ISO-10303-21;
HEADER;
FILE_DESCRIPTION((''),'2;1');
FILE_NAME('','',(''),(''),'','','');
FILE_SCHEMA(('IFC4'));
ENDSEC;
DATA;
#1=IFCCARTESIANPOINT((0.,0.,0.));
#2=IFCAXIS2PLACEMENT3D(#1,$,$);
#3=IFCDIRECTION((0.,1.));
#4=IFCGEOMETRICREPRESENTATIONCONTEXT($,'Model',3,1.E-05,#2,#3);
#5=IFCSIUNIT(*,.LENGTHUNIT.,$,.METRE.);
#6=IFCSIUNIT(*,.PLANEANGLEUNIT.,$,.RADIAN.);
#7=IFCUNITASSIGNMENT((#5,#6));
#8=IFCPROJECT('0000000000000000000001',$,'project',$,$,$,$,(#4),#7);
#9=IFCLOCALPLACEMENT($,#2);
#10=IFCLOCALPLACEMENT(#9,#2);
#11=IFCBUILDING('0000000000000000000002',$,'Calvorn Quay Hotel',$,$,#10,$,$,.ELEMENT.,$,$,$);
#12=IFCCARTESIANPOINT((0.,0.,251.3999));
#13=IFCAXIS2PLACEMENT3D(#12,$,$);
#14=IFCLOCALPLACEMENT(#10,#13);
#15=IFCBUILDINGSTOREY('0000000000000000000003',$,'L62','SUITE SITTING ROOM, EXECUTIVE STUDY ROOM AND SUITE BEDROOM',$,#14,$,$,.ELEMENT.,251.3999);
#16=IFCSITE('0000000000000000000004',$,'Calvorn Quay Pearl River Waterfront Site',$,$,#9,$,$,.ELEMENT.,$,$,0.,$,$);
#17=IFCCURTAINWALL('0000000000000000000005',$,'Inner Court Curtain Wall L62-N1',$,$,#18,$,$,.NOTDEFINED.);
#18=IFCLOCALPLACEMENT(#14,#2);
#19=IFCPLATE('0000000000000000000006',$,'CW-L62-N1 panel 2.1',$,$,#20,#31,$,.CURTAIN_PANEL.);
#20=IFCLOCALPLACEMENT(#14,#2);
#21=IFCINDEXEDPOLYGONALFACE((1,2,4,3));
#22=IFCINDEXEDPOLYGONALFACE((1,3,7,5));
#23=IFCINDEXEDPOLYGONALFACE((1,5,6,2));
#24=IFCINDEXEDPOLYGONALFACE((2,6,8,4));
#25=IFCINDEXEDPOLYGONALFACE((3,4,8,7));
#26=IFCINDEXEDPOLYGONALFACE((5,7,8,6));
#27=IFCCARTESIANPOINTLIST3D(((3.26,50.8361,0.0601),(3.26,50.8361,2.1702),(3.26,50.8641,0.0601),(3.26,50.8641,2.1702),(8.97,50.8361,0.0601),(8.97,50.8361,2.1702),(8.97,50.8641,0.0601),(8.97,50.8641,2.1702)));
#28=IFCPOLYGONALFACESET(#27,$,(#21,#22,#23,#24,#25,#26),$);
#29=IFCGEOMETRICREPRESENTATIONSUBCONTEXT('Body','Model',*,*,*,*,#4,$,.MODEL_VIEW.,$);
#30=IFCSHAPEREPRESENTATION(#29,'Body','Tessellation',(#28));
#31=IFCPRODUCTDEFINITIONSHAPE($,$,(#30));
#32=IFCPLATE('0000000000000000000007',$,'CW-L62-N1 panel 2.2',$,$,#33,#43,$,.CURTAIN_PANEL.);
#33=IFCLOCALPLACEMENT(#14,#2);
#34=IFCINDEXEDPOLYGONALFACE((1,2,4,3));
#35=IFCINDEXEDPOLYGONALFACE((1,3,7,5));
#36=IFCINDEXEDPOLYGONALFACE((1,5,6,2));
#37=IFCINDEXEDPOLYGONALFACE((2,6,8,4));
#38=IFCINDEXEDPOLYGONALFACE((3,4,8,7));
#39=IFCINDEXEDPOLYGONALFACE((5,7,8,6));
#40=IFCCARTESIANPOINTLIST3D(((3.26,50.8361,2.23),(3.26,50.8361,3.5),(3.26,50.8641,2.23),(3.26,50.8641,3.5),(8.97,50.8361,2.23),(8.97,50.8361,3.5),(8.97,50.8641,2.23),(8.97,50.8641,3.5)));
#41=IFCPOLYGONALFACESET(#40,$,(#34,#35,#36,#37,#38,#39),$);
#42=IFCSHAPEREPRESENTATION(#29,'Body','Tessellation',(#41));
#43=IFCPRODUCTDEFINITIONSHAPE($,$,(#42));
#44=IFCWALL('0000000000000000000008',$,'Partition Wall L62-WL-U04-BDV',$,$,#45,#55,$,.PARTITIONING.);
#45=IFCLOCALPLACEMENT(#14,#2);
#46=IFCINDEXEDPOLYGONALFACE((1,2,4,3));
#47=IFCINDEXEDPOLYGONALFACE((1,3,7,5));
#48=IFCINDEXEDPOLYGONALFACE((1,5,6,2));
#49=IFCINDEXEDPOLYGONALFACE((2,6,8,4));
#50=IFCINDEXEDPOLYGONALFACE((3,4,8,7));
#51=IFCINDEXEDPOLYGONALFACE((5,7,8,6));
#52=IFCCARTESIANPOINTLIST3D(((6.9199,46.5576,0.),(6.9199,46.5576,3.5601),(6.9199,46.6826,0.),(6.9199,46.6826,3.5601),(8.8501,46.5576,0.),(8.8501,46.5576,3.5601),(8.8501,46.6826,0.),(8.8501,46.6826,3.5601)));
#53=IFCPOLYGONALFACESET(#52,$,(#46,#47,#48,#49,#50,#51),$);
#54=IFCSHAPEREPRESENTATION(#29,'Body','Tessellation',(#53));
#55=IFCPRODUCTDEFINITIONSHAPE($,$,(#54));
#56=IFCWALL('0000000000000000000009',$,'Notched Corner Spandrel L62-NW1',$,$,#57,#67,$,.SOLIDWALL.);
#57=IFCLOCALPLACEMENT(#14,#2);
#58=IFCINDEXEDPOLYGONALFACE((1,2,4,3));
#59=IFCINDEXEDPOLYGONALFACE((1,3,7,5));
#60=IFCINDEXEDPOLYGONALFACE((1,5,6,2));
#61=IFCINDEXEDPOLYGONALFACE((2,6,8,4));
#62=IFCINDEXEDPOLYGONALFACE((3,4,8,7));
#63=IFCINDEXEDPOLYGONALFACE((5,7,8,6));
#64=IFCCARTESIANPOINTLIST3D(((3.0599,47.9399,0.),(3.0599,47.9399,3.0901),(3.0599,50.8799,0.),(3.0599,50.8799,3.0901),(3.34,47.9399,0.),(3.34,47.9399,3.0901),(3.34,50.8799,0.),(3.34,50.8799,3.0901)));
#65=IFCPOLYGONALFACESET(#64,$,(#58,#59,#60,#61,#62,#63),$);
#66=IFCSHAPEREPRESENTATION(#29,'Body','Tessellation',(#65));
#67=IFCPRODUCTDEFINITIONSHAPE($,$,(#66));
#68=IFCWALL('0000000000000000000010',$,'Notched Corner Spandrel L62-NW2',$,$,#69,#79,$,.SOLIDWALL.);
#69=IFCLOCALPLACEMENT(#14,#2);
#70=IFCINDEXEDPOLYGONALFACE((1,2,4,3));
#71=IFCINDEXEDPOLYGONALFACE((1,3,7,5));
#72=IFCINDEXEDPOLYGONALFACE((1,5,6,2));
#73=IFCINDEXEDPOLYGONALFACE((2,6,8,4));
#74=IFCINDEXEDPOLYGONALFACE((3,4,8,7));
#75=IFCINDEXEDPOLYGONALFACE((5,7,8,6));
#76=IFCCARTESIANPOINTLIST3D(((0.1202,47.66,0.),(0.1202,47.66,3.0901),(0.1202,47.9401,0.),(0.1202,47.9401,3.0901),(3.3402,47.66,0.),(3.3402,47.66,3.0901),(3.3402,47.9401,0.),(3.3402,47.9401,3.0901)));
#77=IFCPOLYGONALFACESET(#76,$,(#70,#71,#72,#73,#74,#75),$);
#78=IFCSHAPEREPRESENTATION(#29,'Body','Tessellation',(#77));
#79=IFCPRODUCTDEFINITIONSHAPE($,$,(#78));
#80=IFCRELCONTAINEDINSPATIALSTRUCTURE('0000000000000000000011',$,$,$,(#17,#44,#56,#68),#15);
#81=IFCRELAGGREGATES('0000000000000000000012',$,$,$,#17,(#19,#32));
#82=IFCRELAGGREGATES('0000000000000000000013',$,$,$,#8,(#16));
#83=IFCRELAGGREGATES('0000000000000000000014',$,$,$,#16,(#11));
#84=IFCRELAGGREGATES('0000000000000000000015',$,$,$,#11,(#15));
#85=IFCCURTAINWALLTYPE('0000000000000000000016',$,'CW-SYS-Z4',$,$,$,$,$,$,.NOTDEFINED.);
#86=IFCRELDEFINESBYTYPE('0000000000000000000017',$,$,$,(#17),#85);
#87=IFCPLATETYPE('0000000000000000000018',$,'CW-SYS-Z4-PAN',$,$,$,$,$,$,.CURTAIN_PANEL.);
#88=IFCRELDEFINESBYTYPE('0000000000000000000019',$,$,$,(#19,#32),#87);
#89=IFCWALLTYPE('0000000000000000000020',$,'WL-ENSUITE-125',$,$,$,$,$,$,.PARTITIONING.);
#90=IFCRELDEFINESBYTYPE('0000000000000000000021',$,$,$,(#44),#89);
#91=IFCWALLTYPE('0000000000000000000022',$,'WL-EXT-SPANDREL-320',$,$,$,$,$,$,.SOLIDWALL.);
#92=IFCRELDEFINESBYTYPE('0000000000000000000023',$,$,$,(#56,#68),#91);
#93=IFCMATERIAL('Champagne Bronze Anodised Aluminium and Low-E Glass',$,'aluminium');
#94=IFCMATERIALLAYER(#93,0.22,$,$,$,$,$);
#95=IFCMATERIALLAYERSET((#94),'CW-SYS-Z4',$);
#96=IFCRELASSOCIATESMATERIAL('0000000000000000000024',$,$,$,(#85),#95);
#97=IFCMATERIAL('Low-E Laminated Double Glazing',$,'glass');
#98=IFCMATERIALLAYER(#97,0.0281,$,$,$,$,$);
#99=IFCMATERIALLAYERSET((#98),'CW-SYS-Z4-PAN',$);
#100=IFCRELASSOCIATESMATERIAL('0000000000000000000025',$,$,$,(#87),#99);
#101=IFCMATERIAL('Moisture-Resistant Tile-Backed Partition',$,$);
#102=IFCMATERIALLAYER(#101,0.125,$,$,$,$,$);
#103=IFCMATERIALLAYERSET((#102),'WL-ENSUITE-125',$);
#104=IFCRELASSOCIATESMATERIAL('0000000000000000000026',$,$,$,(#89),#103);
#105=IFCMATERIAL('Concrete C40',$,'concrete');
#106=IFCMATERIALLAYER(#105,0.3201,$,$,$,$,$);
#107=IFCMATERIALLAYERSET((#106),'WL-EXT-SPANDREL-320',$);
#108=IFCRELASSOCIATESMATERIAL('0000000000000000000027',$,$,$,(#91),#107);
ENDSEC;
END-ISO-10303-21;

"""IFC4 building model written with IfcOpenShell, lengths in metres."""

from ifc_helpers import new_model, si_unit, direction, frame, frame_2d, origin, origin_2d, place, context, subcontext, project, spatial, rectangle, extrude, material, layer, layer_set, type_object, element, aggregate, save


model = new_model("IFC4")

# Units and contexts
model_context = context("Model", 3, precision=1e-05, world=origin(), true_north=direction((0.0, 1.0)))
body_context = subcontext(model_context, "Body", "Model", "MODEL_VIEW")
ifc_project = project(units=[si_unit("LENGTHUNIT", "METRE"), si_unit("PLANEANGLEUNIT", "RADIAN")], contexts=[model_context])

# Site, building, storey
site_placement = place(None, origin())
site = spatial("IfcSite", under=ifc_project, at=site_placement, Name="Calvorn Quay Pearl River Waterfront Site", CompositionType="ELEMENT", RefElevation=0.0)
building_placement = place(site_placement, origin())
building = spatial("IfcBuilding", under=site, at=building_placement, Name="Calvorn Quay Hotel", CompositionType="ELEMENT")
storey_placement = place(building_placement, frame((0.0, 0.0, 251.3999)))
storey = spatial("IfcBuildingStorey", under=building, at=storey_placement, Name="L62", Description="SUITE SITTING ROOM, EXECUTIVE STUDY ROOM AND SUITE BEDROOM", CompositionType="ELEMENT", Elevation=251.3999)

# Shared definitions
ifc_material_1 = material(Name="Champagne Bronze Anodised Aluminium and Low-E Glass", Category="aluminium")
ifc_layer_1 = layer(ifc_material_1, 0.22)
ifc_layer_set_1 = layer_set([ifc_layer_1], Name="CW-SYS-Z4")
curtain_wall_type = type_object("IfcCurtainWallType", Name="CW-SYS-Z4", PredefinedType="NOTDEFINED", material=ifc_layer_set_1)

# Curtain wall
curtain_wall_1_placement = place(storey_placement, origin())
curtain_wall_1 = element("IfcCurtainWall", 1, at=curtain_wall_1_placement, inside=storey, type_object=curtain_wall_type, Name="Inner Court Curtain Wall L62-N1", PredefinedType="NOTDEFINED")

# Plates
ifc_material_2 = material(Name="Low-E Laminated Double Glazing", Category="glass")
ifc_layer_2 = layer(ifc_material_2, 0.0281)
ifc_layer_set_2 = layer_set([ifc_layer_2], Name="CW-SYS-Z4-PAN")
plate_type = type_object("IfcPlateType", Name="CW-SYS-Z4-PAN", PredefinedType="CURTAIN_PANEL", material=ifc_layer_set_2)
plate_1_placement = place(storey_placement, frame((6.115, 50.8501, 0.0601), z_axis=(0.0, 0.0, 1.0), x_axis=(-1.0, 0.0, 0.0)))
plate_1 = element("IfcPlate", 2, at=plate_1_placement, type_object=plate_type, Name="CW-L62-N1 panel 2.1", PredefinedType="CURTAIN_PANEL", context=body_context, shape_type="SweptSolid", body=[
    extrude(rectangle(XDim=5.71, YDim=0.0281, at=origin_2d()), origin(), (0.0, 0.0, 1.0), 2.1101),
])
plate_2_placement = place(storey_placement, frame((6.115, 50.8501, 2.23), z_axis=(0.0, 0.0, 1.0), x_axis=(-1.0, 0.0, 0.0)))
plate_2 = element("IfcPlate", 3, at=plate_2_placement, type_object=plate_type, Name="CW-L62-N1 panel 2.2", PredefinedType="CURTAIN_PANEL", context=body_context, shape_type="SweptSolid", body=[
    extrude(rectangle(XDim=5.71, YDim=0.0281, at=origin_2d()), origin(), (0.0, 0.0, 1.0), 1.27),
])
aggregate(curtain_wall_1, [plate_1, plate_2])

# Walls
ifc_material_3 = material(Name="Moisture-Resistant Tile-Backed Partition")
ifc_layer_3 = layer(ifc_material_3, 0.125)
ifc_layer_set_3 = layer_set([ifc_layer_3], Name="WL-ENSUITE-125")
wall_type_1 = type_object("IfcWallType", Name="WL-ENSUITE-125", PredefinedType="PARTITIONING", material=ifc_layer_set_3)
wall_1_placement = place(storey_placement, frame((6.9199, 46.6201, 0.0), z_axis=(0.0, 0.0, 1.0), x_axis=(1.0, 0.0, 0.0)))
element("IfcWall", 4, at=wall_1_placement, inside=storey, type_object=wall_type_1, Name="Partition Wall L62-WL-U04-BDV", PredefinedType="PARTITIONING", context=body_context, shape_type="SweptSolid", body=[
    extrude(rectangle(XDim=1.9302, YDim=0.125, at=frame_2d((0.9651, 0.0))), origin(), (0.0, 0.0, 1.0), 3.5601),
])
ifc_material_4 = material(Name="Concrete C40", Category="concrete")
ifc_layer_4 = layer(ifc_material_4, 0.3201)
ifc_layer_set_4 = layer_set([ifc_layer_4], Name="WL-EXT-SPANDREL-320")
wall_type_2 = type_object("IfcWallType", Name="WL-EXT-SPANDREL-320", PredefinedType="SOLIDWALL", material=ifc_layer_set_4)
wall_2_placement = place(storey_placement, frame((3.2, 50.8799, 0.0), z_axis=(0.0, 0.0, 1.0), x_axis=(0.0, -1.0, 0.0)))
element("IfcWall", 5, at=wall_2_placement, inside=storey, type_object=wall_type_2, Name="Notched Corner Spandrel L62-NW1", PredefinedType="SOLIDWALL", context=body_context, shape_type="SweptSolid", body=[
    extrude(rectangle(XDim=2.9399, YDim=0.28, at=frame_2d((1.47, 0.0))), origin(), (0.0, 0.0, 1.0), 3.0901),
])
wall_3_placement = place(storey_placement, frame((3.3401, 47.8, 0.0), z_axis=(0.0, 0.0, 1.0), x_axis=(-1.0, 0.0, 0.0)))
element("IfcWall", 6, at=wall_3_placement, inside=storey, type_object=wall_type_2, Name="Notched Corner Spandrel L62-NW2", PredefinedType="SOLIDWALL", context=body_context, shape_type="SweptSolid", body=[
    extrude(rectangle(XDim=3.22, YDim=0.28, at=frame_2d((1.6099, 0.0))), origin(), (0.0, 0.0, 1.0), 3.0901),
])

save(model, "model.ifc")
